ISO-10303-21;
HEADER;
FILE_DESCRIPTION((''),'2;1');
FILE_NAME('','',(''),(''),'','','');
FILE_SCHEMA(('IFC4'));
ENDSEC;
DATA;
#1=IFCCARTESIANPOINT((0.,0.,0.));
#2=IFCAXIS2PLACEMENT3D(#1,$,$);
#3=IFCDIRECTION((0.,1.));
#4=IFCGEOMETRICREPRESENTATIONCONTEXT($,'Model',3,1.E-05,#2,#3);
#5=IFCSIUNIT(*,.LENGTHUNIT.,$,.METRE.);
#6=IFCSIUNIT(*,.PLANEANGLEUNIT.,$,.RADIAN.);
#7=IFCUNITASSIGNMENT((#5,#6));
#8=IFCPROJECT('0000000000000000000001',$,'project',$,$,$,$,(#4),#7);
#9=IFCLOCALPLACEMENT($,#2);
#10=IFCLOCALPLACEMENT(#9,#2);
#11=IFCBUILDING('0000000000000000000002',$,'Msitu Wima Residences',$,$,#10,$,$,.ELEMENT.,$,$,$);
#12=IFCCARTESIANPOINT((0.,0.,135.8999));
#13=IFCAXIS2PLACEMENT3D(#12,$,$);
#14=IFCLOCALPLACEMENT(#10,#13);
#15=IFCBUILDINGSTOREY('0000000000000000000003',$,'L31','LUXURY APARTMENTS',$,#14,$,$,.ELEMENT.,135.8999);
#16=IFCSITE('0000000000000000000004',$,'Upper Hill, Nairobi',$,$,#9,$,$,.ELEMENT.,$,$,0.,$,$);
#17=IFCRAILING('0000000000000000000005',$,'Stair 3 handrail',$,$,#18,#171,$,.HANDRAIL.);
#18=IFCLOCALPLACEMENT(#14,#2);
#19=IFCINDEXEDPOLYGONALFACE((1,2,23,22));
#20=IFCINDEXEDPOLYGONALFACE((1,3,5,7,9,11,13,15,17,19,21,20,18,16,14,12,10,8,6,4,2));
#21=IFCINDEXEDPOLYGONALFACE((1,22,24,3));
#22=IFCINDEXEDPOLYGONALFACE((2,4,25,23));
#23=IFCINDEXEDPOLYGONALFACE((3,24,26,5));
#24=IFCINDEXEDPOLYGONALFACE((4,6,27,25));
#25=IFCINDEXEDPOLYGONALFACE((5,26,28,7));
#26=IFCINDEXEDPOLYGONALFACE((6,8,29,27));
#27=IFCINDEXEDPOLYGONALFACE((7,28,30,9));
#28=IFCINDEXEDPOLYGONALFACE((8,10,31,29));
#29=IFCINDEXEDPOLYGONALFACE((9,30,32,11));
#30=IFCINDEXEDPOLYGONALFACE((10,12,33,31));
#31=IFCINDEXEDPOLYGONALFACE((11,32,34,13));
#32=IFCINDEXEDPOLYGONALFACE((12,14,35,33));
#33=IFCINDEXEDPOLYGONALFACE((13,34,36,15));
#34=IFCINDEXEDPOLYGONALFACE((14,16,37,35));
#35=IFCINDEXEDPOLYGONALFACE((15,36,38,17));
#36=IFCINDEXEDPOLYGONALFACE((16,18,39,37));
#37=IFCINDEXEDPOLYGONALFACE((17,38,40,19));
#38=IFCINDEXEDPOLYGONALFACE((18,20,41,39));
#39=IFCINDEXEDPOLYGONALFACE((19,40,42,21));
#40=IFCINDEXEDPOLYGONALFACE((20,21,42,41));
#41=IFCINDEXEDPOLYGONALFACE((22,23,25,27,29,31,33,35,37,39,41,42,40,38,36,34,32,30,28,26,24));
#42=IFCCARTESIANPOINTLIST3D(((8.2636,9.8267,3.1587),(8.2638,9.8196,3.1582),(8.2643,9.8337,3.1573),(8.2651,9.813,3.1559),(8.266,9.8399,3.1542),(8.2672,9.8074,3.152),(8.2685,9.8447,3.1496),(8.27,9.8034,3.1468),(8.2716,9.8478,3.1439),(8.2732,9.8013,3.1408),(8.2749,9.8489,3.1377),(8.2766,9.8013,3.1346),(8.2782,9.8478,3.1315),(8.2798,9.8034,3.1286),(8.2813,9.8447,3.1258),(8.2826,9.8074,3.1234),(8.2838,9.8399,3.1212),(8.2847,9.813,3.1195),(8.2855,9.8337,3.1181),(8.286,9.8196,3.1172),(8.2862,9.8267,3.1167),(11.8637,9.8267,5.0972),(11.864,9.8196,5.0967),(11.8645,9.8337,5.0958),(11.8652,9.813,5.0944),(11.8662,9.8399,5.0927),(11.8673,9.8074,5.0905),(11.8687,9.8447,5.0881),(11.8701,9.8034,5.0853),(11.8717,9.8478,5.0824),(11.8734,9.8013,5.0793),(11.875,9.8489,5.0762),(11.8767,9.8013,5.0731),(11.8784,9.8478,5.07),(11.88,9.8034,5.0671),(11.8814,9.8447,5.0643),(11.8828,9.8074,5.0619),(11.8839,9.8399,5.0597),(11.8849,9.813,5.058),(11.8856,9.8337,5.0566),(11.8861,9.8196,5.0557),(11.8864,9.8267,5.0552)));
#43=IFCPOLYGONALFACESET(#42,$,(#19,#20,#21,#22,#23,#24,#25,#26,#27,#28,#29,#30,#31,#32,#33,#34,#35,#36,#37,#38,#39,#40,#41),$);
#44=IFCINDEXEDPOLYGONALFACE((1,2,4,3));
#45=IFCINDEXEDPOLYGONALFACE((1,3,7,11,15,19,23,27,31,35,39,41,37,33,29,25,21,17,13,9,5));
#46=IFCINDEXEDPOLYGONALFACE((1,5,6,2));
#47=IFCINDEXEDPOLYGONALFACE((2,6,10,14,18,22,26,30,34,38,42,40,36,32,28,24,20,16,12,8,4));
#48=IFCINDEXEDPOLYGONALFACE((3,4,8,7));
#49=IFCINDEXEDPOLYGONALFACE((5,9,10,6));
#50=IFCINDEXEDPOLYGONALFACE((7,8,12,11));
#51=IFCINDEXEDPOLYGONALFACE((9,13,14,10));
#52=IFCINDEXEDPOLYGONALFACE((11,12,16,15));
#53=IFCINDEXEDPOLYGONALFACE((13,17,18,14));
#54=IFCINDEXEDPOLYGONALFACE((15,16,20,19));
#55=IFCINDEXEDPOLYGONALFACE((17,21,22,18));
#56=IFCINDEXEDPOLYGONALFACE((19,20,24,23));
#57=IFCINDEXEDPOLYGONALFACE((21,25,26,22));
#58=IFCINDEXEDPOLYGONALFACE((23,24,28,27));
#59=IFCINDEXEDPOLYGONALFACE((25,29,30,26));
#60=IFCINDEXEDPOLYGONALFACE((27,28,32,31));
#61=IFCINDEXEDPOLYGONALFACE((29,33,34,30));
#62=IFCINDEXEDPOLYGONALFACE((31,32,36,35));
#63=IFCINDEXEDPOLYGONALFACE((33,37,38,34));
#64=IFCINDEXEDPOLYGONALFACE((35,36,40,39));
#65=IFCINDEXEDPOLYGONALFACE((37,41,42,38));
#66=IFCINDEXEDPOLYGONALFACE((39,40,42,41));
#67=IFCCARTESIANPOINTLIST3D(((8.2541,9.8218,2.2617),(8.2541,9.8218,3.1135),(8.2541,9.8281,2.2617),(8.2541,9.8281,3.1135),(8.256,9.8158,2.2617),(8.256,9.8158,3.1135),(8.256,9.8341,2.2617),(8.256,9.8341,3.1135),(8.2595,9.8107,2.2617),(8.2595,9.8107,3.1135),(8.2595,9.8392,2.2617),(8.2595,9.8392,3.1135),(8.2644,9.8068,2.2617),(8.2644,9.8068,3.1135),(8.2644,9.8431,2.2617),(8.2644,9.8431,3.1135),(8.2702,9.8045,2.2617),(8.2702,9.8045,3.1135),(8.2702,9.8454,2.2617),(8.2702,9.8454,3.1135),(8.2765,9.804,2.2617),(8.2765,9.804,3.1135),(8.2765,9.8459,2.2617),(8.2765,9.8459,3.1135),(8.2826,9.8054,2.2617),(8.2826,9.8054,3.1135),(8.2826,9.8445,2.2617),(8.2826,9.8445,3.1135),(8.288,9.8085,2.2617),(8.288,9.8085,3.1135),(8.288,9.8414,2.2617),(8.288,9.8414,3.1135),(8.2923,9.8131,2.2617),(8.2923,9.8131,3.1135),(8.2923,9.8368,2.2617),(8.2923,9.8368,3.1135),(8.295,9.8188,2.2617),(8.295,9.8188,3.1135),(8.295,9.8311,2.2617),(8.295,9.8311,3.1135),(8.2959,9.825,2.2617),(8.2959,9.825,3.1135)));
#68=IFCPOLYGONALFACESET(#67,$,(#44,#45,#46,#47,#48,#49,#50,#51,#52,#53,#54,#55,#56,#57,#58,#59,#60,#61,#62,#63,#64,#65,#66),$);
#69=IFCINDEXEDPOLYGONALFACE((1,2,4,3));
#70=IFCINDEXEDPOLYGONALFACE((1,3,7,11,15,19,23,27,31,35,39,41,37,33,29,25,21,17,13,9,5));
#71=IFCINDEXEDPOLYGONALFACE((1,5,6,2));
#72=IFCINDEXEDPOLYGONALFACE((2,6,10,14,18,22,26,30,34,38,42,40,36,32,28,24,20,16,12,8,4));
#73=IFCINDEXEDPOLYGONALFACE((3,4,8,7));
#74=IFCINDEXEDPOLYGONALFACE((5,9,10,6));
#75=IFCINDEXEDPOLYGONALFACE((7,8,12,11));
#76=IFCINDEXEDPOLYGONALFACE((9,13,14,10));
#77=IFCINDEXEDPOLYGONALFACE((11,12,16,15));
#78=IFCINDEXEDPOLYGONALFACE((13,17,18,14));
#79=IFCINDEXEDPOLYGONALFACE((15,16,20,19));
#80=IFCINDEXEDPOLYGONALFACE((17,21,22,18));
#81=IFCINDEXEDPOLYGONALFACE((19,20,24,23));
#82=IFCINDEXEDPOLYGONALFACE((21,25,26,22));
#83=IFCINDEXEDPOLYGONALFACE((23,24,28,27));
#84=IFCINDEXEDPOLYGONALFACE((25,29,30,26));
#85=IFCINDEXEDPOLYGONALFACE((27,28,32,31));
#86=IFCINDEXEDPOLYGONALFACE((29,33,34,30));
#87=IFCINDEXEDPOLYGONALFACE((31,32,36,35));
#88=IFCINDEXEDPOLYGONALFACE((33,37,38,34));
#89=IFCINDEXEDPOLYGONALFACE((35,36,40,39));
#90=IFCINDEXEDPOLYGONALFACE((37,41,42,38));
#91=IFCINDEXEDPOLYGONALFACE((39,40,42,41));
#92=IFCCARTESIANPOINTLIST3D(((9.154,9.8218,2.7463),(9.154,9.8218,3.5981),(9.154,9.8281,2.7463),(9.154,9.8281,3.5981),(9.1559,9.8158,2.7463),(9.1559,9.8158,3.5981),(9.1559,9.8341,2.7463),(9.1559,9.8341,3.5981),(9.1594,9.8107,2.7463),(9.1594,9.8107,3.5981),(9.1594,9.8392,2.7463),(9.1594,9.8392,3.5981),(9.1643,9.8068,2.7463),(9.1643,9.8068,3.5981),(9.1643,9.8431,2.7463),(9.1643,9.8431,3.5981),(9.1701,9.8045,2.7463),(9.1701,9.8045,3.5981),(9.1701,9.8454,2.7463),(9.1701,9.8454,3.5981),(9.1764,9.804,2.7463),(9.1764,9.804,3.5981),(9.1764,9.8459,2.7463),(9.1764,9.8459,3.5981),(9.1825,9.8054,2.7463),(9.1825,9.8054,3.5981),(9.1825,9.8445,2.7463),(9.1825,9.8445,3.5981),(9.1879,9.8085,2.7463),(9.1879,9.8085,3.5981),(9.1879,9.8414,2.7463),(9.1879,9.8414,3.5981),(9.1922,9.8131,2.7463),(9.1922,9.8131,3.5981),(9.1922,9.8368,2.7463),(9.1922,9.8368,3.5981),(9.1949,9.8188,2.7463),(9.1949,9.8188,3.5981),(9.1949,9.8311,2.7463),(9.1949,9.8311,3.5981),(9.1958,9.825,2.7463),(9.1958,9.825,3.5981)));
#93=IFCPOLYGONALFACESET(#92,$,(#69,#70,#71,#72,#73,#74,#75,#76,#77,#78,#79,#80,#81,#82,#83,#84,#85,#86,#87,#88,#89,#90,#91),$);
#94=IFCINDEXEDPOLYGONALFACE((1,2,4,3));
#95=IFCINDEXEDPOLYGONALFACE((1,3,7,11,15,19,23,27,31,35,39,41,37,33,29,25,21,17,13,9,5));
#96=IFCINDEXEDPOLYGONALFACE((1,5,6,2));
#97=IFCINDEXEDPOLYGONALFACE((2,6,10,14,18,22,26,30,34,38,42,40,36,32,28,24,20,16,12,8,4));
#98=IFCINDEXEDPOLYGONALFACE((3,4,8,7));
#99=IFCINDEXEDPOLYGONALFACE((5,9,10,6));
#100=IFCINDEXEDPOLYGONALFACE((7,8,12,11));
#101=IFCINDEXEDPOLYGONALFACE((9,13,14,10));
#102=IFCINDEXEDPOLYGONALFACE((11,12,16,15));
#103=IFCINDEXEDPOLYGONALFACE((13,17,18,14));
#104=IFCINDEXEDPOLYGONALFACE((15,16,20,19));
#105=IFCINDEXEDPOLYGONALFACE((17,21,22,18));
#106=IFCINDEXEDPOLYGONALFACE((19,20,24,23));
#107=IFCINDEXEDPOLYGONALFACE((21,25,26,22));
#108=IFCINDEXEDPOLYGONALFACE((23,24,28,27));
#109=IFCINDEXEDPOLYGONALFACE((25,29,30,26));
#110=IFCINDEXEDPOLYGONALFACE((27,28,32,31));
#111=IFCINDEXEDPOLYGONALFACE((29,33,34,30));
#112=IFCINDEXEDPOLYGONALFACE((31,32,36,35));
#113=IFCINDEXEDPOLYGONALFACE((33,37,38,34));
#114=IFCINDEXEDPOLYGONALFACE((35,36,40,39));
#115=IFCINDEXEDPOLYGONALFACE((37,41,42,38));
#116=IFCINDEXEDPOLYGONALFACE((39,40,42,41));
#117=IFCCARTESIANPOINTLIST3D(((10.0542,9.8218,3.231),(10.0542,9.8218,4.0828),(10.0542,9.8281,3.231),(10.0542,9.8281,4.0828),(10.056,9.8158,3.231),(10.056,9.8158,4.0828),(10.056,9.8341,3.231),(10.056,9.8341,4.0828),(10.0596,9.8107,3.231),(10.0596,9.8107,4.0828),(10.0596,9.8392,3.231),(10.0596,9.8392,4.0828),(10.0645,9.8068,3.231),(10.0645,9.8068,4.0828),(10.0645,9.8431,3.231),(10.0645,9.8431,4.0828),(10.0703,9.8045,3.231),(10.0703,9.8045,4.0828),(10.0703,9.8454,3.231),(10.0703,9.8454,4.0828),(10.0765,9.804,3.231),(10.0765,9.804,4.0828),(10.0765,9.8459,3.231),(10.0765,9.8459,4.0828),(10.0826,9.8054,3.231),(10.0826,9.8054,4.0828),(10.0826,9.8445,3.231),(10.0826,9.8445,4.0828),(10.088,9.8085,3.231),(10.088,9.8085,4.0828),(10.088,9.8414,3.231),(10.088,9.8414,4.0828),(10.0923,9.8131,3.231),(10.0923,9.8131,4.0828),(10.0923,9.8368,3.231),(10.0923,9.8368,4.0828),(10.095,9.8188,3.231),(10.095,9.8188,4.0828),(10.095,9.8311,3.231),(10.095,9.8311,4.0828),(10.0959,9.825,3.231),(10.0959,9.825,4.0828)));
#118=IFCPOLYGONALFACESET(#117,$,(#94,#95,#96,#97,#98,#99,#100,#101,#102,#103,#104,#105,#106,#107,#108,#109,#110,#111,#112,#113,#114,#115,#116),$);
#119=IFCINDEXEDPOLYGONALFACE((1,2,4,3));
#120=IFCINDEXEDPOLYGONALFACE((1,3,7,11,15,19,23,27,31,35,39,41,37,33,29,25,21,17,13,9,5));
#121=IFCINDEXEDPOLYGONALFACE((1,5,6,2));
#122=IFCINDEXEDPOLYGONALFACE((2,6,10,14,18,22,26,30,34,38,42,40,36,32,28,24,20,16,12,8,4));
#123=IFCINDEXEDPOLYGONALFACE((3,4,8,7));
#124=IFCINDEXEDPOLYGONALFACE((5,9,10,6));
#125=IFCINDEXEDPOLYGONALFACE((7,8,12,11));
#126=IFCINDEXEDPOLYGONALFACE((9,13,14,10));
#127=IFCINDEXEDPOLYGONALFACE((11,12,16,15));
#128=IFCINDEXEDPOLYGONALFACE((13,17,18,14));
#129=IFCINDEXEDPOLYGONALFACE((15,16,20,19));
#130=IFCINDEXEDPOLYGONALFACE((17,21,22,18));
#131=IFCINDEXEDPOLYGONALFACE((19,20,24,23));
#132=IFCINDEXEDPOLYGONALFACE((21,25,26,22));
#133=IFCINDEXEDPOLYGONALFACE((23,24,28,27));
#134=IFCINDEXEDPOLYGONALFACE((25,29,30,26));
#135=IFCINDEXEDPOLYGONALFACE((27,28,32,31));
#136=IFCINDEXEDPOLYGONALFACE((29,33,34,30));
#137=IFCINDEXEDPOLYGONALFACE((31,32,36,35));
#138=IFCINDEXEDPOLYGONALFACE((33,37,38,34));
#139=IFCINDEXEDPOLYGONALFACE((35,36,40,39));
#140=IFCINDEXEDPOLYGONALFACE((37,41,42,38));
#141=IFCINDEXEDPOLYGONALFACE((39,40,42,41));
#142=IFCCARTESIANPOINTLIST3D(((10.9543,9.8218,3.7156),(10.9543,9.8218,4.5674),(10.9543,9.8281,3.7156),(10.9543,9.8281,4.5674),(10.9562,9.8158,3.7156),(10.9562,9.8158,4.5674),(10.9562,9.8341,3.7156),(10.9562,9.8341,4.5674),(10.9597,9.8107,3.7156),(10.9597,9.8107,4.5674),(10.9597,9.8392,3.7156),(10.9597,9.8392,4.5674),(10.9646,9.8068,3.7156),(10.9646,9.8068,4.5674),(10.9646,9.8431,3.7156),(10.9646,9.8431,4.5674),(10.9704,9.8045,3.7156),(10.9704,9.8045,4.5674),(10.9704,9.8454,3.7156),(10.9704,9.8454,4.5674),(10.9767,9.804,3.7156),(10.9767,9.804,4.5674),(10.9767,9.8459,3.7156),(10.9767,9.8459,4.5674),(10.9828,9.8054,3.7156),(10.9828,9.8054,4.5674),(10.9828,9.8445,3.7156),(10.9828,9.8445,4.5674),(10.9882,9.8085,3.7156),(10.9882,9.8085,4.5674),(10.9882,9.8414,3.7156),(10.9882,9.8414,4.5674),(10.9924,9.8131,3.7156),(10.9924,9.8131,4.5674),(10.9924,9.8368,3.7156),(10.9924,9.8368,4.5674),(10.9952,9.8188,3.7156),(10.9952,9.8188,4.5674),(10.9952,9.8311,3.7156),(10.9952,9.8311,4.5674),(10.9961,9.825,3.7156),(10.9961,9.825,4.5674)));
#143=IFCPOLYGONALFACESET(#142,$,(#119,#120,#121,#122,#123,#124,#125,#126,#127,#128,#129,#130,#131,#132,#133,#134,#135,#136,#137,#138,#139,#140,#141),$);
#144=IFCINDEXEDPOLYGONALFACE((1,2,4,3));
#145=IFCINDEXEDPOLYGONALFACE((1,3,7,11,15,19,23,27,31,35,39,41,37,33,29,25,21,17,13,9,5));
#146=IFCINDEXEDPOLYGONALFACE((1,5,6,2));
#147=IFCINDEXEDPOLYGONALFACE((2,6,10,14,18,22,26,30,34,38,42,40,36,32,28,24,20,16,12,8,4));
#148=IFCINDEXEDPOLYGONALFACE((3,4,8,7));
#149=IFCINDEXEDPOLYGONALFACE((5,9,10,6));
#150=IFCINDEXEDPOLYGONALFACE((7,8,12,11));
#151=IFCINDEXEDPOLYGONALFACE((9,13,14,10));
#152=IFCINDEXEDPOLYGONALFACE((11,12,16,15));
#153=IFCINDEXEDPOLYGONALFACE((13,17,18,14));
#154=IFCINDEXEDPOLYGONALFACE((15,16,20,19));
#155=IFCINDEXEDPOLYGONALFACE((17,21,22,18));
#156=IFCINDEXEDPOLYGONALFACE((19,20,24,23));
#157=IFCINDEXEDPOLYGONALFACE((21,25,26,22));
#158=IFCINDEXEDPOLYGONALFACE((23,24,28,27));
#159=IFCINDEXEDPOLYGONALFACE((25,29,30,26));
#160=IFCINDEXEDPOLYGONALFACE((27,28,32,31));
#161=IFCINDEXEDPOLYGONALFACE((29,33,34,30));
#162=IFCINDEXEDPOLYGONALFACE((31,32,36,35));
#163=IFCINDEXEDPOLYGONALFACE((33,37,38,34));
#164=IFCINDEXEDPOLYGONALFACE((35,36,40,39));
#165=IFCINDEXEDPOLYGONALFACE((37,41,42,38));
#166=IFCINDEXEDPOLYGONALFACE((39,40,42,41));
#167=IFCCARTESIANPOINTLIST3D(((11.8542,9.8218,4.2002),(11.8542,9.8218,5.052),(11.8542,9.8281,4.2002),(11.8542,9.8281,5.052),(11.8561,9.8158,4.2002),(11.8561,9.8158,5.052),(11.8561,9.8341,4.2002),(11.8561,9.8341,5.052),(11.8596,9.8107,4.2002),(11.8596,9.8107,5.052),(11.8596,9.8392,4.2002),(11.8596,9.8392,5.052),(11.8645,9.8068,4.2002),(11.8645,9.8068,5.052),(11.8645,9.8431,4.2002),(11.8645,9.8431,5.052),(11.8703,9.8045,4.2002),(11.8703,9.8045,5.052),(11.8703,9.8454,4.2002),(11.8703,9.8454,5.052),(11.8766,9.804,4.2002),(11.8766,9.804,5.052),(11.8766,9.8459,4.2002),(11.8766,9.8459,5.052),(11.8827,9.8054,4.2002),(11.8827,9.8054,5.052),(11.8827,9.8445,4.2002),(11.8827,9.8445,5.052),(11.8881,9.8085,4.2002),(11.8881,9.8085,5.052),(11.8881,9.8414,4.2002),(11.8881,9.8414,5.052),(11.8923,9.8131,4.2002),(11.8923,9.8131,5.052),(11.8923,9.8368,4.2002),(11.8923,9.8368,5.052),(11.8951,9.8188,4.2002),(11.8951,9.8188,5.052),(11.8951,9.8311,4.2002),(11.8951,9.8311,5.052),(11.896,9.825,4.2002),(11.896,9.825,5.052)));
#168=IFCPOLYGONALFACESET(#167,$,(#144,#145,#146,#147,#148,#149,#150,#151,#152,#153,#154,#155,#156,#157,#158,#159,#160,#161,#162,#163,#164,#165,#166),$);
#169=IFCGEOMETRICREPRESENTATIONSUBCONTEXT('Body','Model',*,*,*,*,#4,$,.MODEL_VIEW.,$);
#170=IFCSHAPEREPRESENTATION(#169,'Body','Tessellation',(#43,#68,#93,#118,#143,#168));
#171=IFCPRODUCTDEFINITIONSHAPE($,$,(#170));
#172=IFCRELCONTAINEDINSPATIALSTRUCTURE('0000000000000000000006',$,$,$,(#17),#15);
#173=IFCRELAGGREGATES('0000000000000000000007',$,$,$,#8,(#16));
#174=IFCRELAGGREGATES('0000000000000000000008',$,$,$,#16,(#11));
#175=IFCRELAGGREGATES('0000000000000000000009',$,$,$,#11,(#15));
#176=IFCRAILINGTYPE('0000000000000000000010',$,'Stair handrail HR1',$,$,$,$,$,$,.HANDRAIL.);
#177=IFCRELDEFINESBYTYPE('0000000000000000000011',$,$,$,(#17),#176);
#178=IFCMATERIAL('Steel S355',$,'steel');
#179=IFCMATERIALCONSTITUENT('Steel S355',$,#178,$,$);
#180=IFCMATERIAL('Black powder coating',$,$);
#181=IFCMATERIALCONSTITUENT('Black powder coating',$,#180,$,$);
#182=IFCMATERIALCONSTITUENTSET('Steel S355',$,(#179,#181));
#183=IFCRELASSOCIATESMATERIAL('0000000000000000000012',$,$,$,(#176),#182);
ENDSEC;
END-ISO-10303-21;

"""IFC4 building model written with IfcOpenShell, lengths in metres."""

from ifc_helpers import new_model, si_unit, direction, frame, origin, origin_2d, place, context, subcontext, project, spatial, circle, extrude, material, constituent, constituent_set, type_object, element, save


model = new_model("IFC4")

# Units and contexts
model_context = context("Model", 3, precision=1e-05, world=origin(), true_north=direction((0.0, 1.0)))
body_context = subcontext(model_context, "Body", "Model", "MODEL_VIEW")
ifc_project = project(units=[si_unit("LENGTHUNIT", "METRE"), si_unit("PLANEANGLEUNIT", "RADIAN")], contexts=[model_context])

# Site, building, storey
site_placement = place(None, origin())
site = spatial("IfcSite", under=ifc_project, at=site_placement, Name="Upper Hill, Nairobi", CompositionType="ELEMENT", RefElevation=0.0)
building_placement = place(site_placement, origin())
building = spatial("IfcBuilding", under=site, at=building_placement, Name="Msitu Wima Residences", CompositionType="ELEMENT")
storey_placement = place(building_placement, frame((0.0, 0.0, 135.8999)))
storey = spatial("IfcBuildingStorey", under=building, at=storey_placement, Name="L31", Description="LUXURY APARTMENTS", CompositionType="ELEMENT", Elevation=135.8999)

# Railing
ifc_material_1 = material(Name="Steel S355", Category="steel")
ifc_constituent_1 = constituent(ifc_material_1, Name="Steel S355")
ifc_material_2 = material(Name="Black powder coating")
ifc_constituent_2 = constituent(ifc_material_2, Name="Black powder coating")
ifc_constituent_set = constituent_set(constituents=[ifc_constituent_1, ifc_constituent_2], Name="Steel S355")
railing_type = type_object("IfcRailingType", Name="Stair handrail HR1", PredefinedType="HANDRAIL", material=ifc_constituent_set)
for number, where, name in (
    (1, (8.2749, 9.825, 2.2617), "Stair 3 handrail"),
):
    element("IfcRailing", number, at=place(storey_placement, frame(where)), inside=storey, type_object=railing_type, Name=name, PredefinedType="HANDRAIL", context=body_context, shape_type="SweptSolid", body=[
        extrude(circle(Radius=0.0239, at=origin_2d()), frame((0.0, 0.0, 0.876), z_axis=(0.880475, 0.0, 0.474093), x_axis=(0.0, 1.0, 0.0)), (0.0, 0.0, 1.0), 4.0889),
        extrude(circle(Radius=0.021, at=origin_2d()), origin(), (0.0, 0.0, 1.0), 0.8518),
        extrude(circle(Radius=0.021, at=origin_2d()), frame((0.8999, 0.0, 0.4846)), (0.0, 0.0, 1.0), 0.8518),
        extrude(circle(Radius=0.021, at=origin_2d()), frame((1.8, 0.0, 0.9692)), (0.0, 0.0, 1.0), 0.8518),
        extrude(circle(Radius=0.021, at=origin_2d()), frame((2.7002, 0.0, 1.4539)), (0.0, 0.0, 1.0), 0.8518),
        extrude(circle(Radius=0.021, at=origin_2d()), frame((3.6001, 0.0, 1.9385)), (0.0, 0.0, 1.0), 0.8518),
    ])

save(model, "model.ifc")
